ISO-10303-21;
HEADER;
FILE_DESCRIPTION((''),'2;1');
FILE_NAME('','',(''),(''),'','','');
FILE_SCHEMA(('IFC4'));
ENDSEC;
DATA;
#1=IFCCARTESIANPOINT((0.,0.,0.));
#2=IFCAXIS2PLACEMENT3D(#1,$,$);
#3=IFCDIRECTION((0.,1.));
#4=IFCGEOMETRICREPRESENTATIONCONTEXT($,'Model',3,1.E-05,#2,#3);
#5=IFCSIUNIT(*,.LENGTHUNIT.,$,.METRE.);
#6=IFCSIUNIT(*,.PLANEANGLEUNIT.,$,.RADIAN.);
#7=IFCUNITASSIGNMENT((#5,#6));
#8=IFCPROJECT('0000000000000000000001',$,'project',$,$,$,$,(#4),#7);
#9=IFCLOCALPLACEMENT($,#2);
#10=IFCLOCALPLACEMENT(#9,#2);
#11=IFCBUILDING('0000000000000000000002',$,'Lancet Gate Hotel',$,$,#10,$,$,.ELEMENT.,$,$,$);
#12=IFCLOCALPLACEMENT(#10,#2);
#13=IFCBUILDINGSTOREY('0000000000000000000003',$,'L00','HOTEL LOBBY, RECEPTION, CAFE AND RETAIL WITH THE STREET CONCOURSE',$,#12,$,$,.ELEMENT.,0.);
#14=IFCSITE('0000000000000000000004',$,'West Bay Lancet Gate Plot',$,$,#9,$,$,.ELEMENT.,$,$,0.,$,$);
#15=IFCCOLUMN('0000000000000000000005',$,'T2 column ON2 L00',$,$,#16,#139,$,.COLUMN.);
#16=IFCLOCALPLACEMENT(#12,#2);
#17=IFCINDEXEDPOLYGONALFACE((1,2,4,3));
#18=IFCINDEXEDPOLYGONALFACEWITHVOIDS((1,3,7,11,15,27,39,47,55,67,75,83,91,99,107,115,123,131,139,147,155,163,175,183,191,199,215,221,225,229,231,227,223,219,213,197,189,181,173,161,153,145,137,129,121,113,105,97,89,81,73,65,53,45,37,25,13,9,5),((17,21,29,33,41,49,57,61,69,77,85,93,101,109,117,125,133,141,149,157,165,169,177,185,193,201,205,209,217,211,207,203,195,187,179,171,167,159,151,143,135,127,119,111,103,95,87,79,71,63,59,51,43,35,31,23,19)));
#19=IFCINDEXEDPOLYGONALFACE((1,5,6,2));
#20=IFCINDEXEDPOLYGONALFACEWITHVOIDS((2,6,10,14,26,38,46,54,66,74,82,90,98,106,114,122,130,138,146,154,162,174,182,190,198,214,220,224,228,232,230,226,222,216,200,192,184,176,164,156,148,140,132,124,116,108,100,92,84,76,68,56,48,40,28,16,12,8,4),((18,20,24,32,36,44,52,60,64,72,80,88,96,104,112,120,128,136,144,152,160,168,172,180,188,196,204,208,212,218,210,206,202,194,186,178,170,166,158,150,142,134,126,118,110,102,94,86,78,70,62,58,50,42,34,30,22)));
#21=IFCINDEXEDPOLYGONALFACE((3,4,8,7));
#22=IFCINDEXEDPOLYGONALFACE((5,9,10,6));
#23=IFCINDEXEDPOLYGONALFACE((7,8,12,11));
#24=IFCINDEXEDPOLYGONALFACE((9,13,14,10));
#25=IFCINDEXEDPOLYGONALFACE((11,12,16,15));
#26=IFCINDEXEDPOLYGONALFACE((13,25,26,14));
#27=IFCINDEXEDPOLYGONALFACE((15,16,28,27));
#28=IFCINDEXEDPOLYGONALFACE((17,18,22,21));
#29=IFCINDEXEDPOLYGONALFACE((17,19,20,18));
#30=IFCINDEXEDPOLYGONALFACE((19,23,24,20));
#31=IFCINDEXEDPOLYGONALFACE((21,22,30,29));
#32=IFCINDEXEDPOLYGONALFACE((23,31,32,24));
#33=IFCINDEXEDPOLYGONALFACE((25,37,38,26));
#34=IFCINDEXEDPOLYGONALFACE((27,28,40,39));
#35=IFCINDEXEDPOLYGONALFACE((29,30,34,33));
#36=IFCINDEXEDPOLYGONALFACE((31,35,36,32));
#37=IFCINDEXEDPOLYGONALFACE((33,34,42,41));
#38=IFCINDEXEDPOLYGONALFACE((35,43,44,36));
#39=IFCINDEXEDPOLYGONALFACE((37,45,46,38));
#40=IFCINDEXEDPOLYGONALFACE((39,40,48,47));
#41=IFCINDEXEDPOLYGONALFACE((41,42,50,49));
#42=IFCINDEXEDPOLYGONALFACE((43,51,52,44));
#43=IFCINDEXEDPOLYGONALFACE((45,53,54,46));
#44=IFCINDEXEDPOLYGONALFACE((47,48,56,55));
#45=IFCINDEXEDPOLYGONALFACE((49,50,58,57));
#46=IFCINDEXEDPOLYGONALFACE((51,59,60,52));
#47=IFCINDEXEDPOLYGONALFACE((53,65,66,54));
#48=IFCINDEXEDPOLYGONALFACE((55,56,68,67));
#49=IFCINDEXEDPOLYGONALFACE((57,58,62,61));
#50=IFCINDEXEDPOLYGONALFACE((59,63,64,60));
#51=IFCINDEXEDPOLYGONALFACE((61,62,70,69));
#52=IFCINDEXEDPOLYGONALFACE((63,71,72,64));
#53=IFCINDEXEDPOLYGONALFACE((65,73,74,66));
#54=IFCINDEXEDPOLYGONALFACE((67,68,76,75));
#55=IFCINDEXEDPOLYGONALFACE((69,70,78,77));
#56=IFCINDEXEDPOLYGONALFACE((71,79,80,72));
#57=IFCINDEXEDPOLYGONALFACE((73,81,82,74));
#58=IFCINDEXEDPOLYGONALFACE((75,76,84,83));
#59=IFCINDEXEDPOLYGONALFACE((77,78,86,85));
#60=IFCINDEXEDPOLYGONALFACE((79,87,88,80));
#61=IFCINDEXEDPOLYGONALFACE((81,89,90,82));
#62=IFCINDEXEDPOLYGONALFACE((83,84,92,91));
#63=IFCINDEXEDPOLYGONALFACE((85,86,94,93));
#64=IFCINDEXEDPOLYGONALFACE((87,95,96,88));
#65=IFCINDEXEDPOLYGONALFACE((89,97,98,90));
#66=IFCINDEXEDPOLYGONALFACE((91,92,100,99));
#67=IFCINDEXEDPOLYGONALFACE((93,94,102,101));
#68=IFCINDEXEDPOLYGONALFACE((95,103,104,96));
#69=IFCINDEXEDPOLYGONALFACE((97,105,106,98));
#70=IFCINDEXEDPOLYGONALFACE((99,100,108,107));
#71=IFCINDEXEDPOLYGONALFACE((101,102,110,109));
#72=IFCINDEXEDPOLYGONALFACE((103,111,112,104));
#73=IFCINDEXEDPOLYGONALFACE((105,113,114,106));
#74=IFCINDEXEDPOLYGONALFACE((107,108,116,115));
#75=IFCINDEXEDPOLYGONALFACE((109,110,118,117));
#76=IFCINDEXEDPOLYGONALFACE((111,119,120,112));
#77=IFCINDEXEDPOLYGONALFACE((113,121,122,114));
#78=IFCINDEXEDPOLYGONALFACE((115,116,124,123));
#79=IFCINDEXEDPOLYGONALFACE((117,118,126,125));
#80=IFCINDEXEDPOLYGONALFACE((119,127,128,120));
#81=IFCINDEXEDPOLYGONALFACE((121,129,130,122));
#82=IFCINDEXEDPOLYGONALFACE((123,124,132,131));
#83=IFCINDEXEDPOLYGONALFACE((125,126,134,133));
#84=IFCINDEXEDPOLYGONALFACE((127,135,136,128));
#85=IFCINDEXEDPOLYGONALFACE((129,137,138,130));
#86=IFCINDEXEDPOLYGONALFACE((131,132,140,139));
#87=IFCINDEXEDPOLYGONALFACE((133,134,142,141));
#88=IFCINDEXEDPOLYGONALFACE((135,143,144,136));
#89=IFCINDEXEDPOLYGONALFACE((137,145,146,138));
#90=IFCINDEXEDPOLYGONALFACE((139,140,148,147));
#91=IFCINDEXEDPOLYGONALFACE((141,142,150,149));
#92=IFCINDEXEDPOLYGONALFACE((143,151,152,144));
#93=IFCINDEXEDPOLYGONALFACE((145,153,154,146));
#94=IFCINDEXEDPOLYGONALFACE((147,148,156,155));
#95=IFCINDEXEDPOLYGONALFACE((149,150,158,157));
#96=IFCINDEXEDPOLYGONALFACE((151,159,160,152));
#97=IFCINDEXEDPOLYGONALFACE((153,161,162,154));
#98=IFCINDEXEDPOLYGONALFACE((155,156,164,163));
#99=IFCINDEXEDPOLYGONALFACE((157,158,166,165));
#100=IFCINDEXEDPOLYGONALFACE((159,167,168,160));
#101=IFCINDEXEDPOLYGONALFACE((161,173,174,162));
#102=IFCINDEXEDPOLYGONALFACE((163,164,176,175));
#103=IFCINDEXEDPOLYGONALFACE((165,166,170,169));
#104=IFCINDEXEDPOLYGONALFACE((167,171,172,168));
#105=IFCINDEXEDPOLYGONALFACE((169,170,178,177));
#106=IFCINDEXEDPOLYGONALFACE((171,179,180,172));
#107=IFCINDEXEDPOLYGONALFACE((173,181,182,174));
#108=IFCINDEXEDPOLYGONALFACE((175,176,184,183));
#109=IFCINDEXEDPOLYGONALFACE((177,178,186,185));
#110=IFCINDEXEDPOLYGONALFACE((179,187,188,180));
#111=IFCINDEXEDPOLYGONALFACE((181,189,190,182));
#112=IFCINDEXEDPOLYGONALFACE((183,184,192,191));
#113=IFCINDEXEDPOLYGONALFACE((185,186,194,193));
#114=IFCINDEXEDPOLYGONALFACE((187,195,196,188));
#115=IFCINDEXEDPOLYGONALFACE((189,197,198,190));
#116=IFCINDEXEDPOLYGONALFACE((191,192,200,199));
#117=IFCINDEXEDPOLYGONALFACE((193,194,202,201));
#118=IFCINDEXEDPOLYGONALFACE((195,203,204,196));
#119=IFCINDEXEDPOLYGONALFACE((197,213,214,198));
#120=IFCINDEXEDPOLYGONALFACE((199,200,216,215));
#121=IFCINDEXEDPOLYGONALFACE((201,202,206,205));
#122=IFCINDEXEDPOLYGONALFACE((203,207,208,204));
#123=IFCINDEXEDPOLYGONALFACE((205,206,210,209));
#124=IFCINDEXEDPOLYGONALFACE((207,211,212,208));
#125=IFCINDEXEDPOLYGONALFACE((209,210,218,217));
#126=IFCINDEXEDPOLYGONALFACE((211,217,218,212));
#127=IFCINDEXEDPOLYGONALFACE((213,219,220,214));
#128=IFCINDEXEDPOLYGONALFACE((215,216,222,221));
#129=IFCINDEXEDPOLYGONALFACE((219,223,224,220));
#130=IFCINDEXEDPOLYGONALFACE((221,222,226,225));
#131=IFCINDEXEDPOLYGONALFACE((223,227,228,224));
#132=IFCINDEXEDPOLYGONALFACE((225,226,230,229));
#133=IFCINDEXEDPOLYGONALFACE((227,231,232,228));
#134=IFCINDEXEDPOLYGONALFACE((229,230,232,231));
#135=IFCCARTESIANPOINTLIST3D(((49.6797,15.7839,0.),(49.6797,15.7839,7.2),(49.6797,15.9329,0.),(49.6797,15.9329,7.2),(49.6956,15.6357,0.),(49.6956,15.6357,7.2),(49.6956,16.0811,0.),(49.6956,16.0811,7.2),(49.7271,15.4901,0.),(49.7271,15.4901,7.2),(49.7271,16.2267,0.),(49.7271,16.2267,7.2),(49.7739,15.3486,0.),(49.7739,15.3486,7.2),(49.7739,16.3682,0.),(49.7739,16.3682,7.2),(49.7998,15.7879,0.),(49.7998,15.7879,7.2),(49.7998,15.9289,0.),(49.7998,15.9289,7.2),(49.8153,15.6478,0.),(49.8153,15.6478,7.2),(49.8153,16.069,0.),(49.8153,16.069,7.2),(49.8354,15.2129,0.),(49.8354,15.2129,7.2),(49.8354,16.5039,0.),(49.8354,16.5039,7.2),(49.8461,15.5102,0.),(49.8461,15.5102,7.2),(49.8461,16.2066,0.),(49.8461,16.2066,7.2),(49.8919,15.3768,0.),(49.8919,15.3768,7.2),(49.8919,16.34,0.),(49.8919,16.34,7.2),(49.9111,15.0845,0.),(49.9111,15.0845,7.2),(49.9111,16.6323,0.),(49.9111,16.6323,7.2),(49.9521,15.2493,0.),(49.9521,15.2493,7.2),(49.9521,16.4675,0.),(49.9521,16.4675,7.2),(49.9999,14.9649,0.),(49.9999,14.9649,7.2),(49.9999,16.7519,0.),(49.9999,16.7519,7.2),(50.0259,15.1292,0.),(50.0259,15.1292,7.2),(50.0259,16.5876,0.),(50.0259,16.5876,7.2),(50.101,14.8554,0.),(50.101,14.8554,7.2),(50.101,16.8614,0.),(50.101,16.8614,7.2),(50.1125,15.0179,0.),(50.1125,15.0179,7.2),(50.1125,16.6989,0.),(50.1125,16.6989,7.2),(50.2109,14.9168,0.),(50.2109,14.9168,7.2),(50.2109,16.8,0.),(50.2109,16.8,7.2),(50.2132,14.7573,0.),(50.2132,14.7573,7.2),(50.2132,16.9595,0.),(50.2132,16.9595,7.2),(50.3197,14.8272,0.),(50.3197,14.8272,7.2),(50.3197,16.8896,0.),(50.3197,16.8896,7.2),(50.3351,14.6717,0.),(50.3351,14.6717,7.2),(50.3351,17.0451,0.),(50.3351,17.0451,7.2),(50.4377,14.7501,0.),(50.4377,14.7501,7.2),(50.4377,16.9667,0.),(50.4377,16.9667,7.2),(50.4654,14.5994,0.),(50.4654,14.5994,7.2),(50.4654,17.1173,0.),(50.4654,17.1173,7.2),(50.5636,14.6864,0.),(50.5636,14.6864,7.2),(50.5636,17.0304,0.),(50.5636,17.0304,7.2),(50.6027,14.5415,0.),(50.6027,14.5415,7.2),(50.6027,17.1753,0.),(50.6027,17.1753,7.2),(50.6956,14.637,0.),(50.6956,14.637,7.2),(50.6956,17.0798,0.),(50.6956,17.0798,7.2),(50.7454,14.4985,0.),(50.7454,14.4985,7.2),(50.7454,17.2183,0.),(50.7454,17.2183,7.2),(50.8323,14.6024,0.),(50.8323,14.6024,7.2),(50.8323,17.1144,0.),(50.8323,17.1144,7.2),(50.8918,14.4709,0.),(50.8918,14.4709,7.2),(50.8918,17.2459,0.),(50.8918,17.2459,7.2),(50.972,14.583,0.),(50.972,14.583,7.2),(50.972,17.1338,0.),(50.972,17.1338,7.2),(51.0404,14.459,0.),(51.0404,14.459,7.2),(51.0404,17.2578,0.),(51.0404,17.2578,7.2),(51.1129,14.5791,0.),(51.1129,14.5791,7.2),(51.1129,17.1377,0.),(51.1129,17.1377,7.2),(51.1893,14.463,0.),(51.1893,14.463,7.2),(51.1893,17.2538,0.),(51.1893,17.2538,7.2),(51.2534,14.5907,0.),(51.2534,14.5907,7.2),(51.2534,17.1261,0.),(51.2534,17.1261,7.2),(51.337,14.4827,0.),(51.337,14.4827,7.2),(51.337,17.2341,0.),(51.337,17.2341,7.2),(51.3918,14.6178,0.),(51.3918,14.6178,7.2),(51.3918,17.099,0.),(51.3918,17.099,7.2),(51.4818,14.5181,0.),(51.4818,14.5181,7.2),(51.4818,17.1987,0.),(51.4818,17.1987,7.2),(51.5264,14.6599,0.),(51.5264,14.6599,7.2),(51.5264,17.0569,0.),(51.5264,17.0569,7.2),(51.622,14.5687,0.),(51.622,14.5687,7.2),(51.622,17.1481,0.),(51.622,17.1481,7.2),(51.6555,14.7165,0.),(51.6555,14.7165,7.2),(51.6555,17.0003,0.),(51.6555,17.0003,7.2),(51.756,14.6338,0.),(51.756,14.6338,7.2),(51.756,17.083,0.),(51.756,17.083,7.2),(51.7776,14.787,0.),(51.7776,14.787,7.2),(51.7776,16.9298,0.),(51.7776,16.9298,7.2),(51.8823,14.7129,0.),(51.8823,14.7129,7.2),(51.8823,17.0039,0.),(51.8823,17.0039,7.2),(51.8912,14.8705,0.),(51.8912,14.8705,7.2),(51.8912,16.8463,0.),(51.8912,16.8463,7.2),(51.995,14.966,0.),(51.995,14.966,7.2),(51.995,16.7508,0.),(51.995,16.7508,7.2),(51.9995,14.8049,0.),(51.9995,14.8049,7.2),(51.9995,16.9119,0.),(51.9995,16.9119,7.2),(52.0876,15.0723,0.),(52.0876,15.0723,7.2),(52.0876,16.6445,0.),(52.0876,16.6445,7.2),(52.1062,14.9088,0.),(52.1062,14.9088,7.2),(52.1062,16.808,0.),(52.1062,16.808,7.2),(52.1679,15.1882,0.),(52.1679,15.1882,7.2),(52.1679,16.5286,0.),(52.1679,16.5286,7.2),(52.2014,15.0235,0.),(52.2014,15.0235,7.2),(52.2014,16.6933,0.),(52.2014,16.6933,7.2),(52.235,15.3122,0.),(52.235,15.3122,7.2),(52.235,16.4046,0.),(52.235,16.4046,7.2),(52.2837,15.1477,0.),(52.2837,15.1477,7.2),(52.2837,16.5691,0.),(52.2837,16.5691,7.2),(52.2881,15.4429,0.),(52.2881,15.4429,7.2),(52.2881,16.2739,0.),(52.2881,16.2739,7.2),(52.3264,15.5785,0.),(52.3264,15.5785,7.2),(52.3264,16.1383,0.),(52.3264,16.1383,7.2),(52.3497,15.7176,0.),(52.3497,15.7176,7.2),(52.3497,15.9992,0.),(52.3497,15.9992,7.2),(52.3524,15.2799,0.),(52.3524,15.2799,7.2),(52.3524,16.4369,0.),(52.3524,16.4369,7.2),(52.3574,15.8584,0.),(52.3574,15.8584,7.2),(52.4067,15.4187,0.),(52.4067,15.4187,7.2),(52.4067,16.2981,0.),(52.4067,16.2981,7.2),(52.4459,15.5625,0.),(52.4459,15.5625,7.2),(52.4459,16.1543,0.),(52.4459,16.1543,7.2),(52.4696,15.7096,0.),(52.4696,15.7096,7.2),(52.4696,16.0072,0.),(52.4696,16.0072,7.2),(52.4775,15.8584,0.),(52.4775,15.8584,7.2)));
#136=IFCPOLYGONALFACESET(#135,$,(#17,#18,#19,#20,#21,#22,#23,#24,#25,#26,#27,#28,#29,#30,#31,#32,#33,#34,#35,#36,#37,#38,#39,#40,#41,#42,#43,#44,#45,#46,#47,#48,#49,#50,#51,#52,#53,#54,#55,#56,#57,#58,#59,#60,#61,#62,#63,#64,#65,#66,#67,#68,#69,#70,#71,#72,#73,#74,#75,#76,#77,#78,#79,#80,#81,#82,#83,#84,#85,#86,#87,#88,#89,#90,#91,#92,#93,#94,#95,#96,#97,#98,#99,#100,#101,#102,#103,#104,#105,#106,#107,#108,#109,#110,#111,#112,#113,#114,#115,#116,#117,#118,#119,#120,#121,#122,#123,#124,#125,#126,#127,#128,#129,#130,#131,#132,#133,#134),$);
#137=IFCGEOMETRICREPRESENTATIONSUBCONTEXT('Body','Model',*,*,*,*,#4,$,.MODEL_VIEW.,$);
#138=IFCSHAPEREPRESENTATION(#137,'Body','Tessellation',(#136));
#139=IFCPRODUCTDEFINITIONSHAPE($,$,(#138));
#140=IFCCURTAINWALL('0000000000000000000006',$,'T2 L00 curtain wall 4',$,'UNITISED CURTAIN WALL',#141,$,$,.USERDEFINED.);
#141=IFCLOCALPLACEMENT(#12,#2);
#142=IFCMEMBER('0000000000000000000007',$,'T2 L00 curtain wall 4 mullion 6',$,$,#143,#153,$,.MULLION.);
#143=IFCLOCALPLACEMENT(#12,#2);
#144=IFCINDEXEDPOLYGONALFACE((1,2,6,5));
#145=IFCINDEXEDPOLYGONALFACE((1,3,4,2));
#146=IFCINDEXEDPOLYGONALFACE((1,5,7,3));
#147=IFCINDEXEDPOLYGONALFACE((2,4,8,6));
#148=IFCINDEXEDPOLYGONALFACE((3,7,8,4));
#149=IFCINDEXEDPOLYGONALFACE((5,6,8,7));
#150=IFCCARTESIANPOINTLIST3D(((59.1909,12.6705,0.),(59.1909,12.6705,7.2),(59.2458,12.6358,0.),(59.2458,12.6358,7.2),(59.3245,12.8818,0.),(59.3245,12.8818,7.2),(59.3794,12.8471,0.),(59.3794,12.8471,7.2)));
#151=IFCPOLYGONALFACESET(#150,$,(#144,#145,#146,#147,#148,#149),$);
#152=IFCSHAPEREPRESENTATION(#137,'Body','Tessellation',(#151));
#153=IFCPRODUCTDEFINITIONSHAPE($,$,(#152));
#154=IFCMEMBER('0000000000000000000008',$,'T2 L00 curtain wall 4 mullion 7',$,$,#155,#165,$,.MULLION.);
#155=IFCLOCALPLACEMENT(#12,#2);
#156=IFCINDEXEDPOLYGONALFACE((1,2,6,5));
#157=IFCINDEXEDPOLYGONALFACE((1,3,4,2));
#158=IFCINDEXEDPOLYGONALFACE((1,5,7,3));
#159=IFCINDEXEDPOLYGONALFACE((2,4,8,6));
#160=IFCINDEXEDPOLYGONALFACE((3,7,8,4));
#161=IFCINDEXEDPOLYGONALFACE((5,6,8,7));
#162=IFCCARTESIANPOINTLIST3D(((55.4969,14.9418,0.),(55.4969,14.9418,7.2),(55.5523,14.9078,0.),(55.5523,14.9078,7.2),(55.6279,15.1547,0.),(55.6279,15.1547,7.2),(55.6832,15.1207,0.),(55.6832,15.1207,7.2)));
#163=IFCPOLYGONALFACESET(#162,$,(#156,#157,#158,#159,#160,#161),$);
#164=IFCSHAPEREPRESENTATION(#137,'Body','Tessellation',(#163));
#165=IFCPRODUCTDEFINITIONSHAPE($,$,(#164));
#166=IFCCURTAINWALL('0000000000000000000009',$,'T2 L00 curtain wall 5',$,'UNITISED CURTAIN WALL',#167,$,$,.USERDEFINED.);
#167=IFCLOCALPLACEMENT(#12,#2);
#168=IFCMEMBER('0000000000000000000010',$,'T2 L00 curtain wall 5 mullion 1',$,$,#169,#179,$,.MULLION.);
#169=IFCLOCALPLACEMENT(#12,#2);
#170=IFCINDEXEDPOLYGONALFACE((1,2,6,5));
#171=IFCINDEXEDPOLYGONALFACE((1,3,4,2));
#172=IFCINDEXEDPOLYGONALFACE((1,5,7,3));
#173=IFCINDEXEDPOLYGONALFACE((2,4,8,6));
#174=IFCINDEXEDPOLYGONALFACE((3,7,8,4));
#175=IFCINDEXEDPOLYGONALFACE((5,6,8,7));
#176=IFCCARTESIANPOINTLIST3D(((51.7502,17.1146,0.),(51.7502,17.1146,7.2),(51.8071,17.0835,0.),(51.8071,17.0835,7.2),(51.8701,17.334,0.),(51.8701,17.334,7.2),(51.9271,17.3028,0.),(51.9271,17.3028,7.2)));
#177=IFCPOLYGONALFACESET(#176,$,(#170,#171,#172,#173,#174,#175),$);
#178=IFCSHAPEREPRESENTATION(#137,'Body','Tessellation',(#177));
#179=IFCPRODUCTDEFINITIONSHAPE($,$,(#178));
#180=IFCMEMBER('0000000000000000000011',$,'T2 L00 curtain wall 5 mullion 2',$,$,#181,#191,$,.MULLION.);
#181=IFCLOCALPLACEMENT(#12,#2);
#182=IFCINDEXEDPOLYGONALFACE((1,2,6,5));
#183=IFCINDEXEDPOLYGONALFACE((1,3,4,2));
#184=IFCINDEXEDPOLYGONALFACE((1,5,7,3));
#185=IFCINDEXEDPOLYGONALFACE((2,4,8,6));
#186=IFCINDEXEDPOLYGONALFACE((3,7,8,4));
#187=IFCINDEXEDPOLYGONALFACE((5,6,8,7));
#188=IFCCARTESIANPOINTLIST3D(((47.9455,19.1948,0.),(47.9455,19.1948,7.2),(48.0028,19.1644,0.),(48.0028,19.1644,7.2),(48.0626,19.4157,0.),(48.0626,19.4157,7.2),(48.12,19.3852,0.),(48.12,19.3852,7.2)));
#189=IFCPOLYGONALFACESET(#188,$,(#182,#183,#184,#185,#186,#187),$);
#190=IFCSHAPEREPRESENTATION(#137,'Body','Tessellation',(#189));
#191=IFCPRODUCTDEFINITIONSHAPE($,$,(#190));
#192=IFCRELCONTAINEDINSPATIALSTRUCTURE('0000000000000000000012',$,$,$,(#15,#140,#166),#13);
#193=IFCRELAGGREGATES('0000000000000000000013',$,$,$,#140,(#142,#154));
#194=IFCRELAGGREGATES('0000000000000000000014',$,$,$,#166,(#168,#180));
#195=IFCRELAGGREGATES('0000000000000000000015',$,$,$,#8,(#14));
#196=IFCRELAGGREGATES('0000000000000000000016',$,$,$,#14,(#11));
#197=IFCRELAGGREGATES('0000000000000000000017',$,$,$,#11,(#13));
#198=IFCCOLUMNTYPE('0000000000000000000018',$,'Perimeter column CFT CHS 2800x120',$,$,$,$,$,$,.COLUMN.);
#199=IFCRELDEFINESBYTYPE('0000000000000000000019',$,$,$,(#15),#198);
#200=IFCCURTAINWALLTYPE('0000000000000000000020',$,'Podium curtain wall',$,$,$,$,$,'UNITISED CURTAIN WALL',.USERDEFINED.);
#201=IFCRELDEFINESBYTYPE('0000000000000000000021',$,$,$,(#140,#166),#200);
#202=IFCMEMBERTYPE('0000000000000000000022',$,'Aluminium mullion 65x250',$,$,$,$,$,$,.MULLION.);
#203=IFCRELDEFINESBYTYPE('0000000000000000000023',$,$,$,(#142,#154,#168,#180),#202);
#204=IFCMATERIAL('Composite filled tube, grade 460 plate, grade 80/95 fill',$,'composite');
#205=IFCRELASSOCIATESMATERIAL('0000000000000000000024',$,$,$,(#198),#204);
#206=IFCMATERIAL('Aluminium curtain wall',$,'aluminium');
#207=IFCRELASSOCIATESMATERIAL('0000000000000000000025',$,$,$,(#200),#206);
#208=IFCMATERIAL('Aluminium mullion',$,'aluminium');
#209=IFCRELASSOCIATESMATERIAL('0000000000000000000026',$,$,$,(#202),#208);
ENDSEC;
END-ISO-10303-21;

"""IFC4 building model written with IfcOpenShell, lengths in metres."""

from ifc_helpers import new_model, si_unit, direction, frame, origin, origin_2d, place, context, subcontext, project, spatial, rectangle, hollow_circle, extrude, material, material_profile, profile_set, type_object, element, aggregate, save


model = new_model("IFC4")

# Units and contexts
model_context = context("Model", 3, precision=1e-05, world=origin(), true_north=direction((0.0, 1.0)))
body_context = subcontext(model_context, "Body", "Model", "MODEL_VIEW")
ifc_project = project(units=[si_unit("LENGTHUNIT", "METRE"), si_unit("PLANEANGLEUNIT", "RADIAN")], contexts=[model_context])

# Site, building, storey
site_placement = place(None, origin())
site = spatial("IfcSite", under=ifc_project, at=site_placement, Name="West Bay Lancet Gate Plot", CompositionType="ELEMENT", RefElevation=0.0)
building_placement = place(site_placement, origin())
building = spatial("IfcBuilding", under=site, at=building_placement, Name="Lancet Gate Hotel", CompositionType="ELEMENT")
storey_placement = place(building_placement, origin())
storey = spatial("IfcBuildingStorey", under=building, at=storey_placement, Name="L00", Description="HOTEL LOBBY, RECEPTION, CAFE AND RETAIL WITH THE STREET CONCOURSE", CompositionType="ELEMENT", Elevation=0.0)

# Column
ifc_material_1 = material(Name="Composite filled tube, grade 460 plate, grade 80/95 fill", Category="composite")
ifc_material_profile_1 = material_profile(ifc_material_1, hollow_circle(Radius=1.3999, WallThickness=0.1201, at=origin_2d()), Name="CHS 2800x120")
ifc_profile_set_1 = profile_set([ifc_material_profile_1], Name="Composite filled tube, grade 460 plate, grade 80/95 fill")
column_type = type_object("IfcColumnType", Name="Perimeter column CFT CHS 2800x120", PredefinedType="COLUMN", material=ifc_profile_set_1)
column_placement = place(storey_placement, frame((51.0776, 15.8584, 0.0), z_axis=(0.0, 0.0, 1.0), x_axis=(1.0, 0.0, 0.0)))
element("IfcColumn", 1, at=column_placement, inside=storey, type_object=column_type, Name="T2 column ON2 L00", PredefinedType="COLUMN", context=body_context, shape_type="SweptSolid", body=[
    extrude(hollow_circle(Radius=1.3999, WallThickness=0.1201, at=origin_2d()), origin(), (0.0, 0.0, 1.0), 7.2),
])

# Curtain walls, members
ifc_material_2 = material(Name="Aluminium curtain wall", Category="aluminium")
curtain_wall_type = type_object("IfcCurtainWallType", Name="Podium curtain wall", ElementType="UNITISED CURTAIN WALL", PredefinedType="USERDEFINED", material=ifc_material_2)
curtain_wall_1_placement = place(storey_placement, origin())
curtain_wall_1 = element("IfcCurtainWall", 2, at=curtain_wall_1_placement, inside=storey, type_object=curtain_wall_type, Name="T2 L00 curtain wall 4", ObjectType="UNITISED CURTAIN WALL", PredefinedType="USERDEFINED")
ifc_material_3 = material(Name="Aluminium mullion", Category="aluminium")
ifc_material_profile_2 = material_profile(ifc_material_3, rectangle(XDim=0.0649, YDim=0.25, at=origin_2d()), Name="MULLION 65x250")
ifc_profile_set_2 = profile_set([ifc_material_profile_2], Name="Aluminium mullion")
member_type_1 = type_object("IfcMemberType", Name="Aluminium mullion 65x250", PredefinedType="MULLION", material=ifc_profile_set_2)
member_1_placement = place(storey_placement, frame((59.2852, 12.7588, 0.0), z_axis=(0.0, 0.0, 1.0), x_axis=(-0.845079, 0.534641, 0.0)))
member_1 = element("IfcMember", 3, at=member_1_placement, type_object=member_type_1, Name="T2 L00 curtain wall 4 mullion 6", PredefinedType="MULLION", context=body_context, shape_type="SweptSolid", body=[
    extrude(rectangle(XDim=0.0649, YDim=0.25, at=origin_2d()), origin(), (0.0, 0.0, 1.0), 7.2),
])
member_2_placement = place(storey_placement, frame((55.5901, 15.0312, 0.0), z_axis=(0.0, 0.0, 1.0), x_axis=(-0.851815, 0.523842, 0.0)))
member_2 = element("IfcMember", 4, at=member_2_placement, type_object=member_type_1, Name="T2 L00 curtain wall 4 mullion 7", PredefinedType="MULLION", context=body_context, shape_type="SweptSolid", body=[
    extrude(rectangle(XDim=0.0649, YDim=0.25, at=origin_2d()), origin(), (0.0, 0.0, 1.0), 7.2),
])
curtain_wall_2_placement = place(storey_placement, origin())
curtain_wall_2 = element("IfcCurtainWall", 5, at=curtain_wall_2_placement, inside=storey, type_object=curtain_wall_type, Name="T2 L00 curtain wall 5", ObjectType="UNITISED CURTAIN WALL", PredefinedType="USERDEFINED")
member_3_placement = place(storey_placement, frame((51.8386, 17.2087, 0.0), z_axis=(0.0, 0.0, 1.0), x_axis=(-0.877368, 0.479818, 0.0)))
member_3 = element("IfcMember", 6, at=member_3_placement, type_object=member_type_1, Name="T2 L00 curtain wall 5 mullion 1", PredefinedType="MULLION", context=body_context, shape_type="SweptSolid", body=[
    extrude(rectangle(XDim=0.0649, YDim=0.25, at=origin_2d()), origin(), (0.0, 0.0, 1.0), 7.2),
])
member_4_placement = place(storey_placement, frame((48.0327, 19.29, 0.0), z_axis=(0.0, 0.0, 1.0), x_axis=(-0.883403, 0.468613, 0.0)))
member_4 = element("IfcMember", 7, at=member_4_placement, type_object=member_type_1, Name="T2 L00 curtain wall 5 mullion 2", PredefinedType="MULLION", context=body_context, shape_type="SweptSolid", body=[
    extrude(rectangle(XDim=0.0649, YDim=0.25, at=origin_2d()), origin(), (0.0, 0.0, 1.0), 7.2),
])

aggregate(curtain_wall_1, [member_1, member_2])
aggregate(curtain_wall_2, [member_3, member_4])

save(model, "model.ifc")
